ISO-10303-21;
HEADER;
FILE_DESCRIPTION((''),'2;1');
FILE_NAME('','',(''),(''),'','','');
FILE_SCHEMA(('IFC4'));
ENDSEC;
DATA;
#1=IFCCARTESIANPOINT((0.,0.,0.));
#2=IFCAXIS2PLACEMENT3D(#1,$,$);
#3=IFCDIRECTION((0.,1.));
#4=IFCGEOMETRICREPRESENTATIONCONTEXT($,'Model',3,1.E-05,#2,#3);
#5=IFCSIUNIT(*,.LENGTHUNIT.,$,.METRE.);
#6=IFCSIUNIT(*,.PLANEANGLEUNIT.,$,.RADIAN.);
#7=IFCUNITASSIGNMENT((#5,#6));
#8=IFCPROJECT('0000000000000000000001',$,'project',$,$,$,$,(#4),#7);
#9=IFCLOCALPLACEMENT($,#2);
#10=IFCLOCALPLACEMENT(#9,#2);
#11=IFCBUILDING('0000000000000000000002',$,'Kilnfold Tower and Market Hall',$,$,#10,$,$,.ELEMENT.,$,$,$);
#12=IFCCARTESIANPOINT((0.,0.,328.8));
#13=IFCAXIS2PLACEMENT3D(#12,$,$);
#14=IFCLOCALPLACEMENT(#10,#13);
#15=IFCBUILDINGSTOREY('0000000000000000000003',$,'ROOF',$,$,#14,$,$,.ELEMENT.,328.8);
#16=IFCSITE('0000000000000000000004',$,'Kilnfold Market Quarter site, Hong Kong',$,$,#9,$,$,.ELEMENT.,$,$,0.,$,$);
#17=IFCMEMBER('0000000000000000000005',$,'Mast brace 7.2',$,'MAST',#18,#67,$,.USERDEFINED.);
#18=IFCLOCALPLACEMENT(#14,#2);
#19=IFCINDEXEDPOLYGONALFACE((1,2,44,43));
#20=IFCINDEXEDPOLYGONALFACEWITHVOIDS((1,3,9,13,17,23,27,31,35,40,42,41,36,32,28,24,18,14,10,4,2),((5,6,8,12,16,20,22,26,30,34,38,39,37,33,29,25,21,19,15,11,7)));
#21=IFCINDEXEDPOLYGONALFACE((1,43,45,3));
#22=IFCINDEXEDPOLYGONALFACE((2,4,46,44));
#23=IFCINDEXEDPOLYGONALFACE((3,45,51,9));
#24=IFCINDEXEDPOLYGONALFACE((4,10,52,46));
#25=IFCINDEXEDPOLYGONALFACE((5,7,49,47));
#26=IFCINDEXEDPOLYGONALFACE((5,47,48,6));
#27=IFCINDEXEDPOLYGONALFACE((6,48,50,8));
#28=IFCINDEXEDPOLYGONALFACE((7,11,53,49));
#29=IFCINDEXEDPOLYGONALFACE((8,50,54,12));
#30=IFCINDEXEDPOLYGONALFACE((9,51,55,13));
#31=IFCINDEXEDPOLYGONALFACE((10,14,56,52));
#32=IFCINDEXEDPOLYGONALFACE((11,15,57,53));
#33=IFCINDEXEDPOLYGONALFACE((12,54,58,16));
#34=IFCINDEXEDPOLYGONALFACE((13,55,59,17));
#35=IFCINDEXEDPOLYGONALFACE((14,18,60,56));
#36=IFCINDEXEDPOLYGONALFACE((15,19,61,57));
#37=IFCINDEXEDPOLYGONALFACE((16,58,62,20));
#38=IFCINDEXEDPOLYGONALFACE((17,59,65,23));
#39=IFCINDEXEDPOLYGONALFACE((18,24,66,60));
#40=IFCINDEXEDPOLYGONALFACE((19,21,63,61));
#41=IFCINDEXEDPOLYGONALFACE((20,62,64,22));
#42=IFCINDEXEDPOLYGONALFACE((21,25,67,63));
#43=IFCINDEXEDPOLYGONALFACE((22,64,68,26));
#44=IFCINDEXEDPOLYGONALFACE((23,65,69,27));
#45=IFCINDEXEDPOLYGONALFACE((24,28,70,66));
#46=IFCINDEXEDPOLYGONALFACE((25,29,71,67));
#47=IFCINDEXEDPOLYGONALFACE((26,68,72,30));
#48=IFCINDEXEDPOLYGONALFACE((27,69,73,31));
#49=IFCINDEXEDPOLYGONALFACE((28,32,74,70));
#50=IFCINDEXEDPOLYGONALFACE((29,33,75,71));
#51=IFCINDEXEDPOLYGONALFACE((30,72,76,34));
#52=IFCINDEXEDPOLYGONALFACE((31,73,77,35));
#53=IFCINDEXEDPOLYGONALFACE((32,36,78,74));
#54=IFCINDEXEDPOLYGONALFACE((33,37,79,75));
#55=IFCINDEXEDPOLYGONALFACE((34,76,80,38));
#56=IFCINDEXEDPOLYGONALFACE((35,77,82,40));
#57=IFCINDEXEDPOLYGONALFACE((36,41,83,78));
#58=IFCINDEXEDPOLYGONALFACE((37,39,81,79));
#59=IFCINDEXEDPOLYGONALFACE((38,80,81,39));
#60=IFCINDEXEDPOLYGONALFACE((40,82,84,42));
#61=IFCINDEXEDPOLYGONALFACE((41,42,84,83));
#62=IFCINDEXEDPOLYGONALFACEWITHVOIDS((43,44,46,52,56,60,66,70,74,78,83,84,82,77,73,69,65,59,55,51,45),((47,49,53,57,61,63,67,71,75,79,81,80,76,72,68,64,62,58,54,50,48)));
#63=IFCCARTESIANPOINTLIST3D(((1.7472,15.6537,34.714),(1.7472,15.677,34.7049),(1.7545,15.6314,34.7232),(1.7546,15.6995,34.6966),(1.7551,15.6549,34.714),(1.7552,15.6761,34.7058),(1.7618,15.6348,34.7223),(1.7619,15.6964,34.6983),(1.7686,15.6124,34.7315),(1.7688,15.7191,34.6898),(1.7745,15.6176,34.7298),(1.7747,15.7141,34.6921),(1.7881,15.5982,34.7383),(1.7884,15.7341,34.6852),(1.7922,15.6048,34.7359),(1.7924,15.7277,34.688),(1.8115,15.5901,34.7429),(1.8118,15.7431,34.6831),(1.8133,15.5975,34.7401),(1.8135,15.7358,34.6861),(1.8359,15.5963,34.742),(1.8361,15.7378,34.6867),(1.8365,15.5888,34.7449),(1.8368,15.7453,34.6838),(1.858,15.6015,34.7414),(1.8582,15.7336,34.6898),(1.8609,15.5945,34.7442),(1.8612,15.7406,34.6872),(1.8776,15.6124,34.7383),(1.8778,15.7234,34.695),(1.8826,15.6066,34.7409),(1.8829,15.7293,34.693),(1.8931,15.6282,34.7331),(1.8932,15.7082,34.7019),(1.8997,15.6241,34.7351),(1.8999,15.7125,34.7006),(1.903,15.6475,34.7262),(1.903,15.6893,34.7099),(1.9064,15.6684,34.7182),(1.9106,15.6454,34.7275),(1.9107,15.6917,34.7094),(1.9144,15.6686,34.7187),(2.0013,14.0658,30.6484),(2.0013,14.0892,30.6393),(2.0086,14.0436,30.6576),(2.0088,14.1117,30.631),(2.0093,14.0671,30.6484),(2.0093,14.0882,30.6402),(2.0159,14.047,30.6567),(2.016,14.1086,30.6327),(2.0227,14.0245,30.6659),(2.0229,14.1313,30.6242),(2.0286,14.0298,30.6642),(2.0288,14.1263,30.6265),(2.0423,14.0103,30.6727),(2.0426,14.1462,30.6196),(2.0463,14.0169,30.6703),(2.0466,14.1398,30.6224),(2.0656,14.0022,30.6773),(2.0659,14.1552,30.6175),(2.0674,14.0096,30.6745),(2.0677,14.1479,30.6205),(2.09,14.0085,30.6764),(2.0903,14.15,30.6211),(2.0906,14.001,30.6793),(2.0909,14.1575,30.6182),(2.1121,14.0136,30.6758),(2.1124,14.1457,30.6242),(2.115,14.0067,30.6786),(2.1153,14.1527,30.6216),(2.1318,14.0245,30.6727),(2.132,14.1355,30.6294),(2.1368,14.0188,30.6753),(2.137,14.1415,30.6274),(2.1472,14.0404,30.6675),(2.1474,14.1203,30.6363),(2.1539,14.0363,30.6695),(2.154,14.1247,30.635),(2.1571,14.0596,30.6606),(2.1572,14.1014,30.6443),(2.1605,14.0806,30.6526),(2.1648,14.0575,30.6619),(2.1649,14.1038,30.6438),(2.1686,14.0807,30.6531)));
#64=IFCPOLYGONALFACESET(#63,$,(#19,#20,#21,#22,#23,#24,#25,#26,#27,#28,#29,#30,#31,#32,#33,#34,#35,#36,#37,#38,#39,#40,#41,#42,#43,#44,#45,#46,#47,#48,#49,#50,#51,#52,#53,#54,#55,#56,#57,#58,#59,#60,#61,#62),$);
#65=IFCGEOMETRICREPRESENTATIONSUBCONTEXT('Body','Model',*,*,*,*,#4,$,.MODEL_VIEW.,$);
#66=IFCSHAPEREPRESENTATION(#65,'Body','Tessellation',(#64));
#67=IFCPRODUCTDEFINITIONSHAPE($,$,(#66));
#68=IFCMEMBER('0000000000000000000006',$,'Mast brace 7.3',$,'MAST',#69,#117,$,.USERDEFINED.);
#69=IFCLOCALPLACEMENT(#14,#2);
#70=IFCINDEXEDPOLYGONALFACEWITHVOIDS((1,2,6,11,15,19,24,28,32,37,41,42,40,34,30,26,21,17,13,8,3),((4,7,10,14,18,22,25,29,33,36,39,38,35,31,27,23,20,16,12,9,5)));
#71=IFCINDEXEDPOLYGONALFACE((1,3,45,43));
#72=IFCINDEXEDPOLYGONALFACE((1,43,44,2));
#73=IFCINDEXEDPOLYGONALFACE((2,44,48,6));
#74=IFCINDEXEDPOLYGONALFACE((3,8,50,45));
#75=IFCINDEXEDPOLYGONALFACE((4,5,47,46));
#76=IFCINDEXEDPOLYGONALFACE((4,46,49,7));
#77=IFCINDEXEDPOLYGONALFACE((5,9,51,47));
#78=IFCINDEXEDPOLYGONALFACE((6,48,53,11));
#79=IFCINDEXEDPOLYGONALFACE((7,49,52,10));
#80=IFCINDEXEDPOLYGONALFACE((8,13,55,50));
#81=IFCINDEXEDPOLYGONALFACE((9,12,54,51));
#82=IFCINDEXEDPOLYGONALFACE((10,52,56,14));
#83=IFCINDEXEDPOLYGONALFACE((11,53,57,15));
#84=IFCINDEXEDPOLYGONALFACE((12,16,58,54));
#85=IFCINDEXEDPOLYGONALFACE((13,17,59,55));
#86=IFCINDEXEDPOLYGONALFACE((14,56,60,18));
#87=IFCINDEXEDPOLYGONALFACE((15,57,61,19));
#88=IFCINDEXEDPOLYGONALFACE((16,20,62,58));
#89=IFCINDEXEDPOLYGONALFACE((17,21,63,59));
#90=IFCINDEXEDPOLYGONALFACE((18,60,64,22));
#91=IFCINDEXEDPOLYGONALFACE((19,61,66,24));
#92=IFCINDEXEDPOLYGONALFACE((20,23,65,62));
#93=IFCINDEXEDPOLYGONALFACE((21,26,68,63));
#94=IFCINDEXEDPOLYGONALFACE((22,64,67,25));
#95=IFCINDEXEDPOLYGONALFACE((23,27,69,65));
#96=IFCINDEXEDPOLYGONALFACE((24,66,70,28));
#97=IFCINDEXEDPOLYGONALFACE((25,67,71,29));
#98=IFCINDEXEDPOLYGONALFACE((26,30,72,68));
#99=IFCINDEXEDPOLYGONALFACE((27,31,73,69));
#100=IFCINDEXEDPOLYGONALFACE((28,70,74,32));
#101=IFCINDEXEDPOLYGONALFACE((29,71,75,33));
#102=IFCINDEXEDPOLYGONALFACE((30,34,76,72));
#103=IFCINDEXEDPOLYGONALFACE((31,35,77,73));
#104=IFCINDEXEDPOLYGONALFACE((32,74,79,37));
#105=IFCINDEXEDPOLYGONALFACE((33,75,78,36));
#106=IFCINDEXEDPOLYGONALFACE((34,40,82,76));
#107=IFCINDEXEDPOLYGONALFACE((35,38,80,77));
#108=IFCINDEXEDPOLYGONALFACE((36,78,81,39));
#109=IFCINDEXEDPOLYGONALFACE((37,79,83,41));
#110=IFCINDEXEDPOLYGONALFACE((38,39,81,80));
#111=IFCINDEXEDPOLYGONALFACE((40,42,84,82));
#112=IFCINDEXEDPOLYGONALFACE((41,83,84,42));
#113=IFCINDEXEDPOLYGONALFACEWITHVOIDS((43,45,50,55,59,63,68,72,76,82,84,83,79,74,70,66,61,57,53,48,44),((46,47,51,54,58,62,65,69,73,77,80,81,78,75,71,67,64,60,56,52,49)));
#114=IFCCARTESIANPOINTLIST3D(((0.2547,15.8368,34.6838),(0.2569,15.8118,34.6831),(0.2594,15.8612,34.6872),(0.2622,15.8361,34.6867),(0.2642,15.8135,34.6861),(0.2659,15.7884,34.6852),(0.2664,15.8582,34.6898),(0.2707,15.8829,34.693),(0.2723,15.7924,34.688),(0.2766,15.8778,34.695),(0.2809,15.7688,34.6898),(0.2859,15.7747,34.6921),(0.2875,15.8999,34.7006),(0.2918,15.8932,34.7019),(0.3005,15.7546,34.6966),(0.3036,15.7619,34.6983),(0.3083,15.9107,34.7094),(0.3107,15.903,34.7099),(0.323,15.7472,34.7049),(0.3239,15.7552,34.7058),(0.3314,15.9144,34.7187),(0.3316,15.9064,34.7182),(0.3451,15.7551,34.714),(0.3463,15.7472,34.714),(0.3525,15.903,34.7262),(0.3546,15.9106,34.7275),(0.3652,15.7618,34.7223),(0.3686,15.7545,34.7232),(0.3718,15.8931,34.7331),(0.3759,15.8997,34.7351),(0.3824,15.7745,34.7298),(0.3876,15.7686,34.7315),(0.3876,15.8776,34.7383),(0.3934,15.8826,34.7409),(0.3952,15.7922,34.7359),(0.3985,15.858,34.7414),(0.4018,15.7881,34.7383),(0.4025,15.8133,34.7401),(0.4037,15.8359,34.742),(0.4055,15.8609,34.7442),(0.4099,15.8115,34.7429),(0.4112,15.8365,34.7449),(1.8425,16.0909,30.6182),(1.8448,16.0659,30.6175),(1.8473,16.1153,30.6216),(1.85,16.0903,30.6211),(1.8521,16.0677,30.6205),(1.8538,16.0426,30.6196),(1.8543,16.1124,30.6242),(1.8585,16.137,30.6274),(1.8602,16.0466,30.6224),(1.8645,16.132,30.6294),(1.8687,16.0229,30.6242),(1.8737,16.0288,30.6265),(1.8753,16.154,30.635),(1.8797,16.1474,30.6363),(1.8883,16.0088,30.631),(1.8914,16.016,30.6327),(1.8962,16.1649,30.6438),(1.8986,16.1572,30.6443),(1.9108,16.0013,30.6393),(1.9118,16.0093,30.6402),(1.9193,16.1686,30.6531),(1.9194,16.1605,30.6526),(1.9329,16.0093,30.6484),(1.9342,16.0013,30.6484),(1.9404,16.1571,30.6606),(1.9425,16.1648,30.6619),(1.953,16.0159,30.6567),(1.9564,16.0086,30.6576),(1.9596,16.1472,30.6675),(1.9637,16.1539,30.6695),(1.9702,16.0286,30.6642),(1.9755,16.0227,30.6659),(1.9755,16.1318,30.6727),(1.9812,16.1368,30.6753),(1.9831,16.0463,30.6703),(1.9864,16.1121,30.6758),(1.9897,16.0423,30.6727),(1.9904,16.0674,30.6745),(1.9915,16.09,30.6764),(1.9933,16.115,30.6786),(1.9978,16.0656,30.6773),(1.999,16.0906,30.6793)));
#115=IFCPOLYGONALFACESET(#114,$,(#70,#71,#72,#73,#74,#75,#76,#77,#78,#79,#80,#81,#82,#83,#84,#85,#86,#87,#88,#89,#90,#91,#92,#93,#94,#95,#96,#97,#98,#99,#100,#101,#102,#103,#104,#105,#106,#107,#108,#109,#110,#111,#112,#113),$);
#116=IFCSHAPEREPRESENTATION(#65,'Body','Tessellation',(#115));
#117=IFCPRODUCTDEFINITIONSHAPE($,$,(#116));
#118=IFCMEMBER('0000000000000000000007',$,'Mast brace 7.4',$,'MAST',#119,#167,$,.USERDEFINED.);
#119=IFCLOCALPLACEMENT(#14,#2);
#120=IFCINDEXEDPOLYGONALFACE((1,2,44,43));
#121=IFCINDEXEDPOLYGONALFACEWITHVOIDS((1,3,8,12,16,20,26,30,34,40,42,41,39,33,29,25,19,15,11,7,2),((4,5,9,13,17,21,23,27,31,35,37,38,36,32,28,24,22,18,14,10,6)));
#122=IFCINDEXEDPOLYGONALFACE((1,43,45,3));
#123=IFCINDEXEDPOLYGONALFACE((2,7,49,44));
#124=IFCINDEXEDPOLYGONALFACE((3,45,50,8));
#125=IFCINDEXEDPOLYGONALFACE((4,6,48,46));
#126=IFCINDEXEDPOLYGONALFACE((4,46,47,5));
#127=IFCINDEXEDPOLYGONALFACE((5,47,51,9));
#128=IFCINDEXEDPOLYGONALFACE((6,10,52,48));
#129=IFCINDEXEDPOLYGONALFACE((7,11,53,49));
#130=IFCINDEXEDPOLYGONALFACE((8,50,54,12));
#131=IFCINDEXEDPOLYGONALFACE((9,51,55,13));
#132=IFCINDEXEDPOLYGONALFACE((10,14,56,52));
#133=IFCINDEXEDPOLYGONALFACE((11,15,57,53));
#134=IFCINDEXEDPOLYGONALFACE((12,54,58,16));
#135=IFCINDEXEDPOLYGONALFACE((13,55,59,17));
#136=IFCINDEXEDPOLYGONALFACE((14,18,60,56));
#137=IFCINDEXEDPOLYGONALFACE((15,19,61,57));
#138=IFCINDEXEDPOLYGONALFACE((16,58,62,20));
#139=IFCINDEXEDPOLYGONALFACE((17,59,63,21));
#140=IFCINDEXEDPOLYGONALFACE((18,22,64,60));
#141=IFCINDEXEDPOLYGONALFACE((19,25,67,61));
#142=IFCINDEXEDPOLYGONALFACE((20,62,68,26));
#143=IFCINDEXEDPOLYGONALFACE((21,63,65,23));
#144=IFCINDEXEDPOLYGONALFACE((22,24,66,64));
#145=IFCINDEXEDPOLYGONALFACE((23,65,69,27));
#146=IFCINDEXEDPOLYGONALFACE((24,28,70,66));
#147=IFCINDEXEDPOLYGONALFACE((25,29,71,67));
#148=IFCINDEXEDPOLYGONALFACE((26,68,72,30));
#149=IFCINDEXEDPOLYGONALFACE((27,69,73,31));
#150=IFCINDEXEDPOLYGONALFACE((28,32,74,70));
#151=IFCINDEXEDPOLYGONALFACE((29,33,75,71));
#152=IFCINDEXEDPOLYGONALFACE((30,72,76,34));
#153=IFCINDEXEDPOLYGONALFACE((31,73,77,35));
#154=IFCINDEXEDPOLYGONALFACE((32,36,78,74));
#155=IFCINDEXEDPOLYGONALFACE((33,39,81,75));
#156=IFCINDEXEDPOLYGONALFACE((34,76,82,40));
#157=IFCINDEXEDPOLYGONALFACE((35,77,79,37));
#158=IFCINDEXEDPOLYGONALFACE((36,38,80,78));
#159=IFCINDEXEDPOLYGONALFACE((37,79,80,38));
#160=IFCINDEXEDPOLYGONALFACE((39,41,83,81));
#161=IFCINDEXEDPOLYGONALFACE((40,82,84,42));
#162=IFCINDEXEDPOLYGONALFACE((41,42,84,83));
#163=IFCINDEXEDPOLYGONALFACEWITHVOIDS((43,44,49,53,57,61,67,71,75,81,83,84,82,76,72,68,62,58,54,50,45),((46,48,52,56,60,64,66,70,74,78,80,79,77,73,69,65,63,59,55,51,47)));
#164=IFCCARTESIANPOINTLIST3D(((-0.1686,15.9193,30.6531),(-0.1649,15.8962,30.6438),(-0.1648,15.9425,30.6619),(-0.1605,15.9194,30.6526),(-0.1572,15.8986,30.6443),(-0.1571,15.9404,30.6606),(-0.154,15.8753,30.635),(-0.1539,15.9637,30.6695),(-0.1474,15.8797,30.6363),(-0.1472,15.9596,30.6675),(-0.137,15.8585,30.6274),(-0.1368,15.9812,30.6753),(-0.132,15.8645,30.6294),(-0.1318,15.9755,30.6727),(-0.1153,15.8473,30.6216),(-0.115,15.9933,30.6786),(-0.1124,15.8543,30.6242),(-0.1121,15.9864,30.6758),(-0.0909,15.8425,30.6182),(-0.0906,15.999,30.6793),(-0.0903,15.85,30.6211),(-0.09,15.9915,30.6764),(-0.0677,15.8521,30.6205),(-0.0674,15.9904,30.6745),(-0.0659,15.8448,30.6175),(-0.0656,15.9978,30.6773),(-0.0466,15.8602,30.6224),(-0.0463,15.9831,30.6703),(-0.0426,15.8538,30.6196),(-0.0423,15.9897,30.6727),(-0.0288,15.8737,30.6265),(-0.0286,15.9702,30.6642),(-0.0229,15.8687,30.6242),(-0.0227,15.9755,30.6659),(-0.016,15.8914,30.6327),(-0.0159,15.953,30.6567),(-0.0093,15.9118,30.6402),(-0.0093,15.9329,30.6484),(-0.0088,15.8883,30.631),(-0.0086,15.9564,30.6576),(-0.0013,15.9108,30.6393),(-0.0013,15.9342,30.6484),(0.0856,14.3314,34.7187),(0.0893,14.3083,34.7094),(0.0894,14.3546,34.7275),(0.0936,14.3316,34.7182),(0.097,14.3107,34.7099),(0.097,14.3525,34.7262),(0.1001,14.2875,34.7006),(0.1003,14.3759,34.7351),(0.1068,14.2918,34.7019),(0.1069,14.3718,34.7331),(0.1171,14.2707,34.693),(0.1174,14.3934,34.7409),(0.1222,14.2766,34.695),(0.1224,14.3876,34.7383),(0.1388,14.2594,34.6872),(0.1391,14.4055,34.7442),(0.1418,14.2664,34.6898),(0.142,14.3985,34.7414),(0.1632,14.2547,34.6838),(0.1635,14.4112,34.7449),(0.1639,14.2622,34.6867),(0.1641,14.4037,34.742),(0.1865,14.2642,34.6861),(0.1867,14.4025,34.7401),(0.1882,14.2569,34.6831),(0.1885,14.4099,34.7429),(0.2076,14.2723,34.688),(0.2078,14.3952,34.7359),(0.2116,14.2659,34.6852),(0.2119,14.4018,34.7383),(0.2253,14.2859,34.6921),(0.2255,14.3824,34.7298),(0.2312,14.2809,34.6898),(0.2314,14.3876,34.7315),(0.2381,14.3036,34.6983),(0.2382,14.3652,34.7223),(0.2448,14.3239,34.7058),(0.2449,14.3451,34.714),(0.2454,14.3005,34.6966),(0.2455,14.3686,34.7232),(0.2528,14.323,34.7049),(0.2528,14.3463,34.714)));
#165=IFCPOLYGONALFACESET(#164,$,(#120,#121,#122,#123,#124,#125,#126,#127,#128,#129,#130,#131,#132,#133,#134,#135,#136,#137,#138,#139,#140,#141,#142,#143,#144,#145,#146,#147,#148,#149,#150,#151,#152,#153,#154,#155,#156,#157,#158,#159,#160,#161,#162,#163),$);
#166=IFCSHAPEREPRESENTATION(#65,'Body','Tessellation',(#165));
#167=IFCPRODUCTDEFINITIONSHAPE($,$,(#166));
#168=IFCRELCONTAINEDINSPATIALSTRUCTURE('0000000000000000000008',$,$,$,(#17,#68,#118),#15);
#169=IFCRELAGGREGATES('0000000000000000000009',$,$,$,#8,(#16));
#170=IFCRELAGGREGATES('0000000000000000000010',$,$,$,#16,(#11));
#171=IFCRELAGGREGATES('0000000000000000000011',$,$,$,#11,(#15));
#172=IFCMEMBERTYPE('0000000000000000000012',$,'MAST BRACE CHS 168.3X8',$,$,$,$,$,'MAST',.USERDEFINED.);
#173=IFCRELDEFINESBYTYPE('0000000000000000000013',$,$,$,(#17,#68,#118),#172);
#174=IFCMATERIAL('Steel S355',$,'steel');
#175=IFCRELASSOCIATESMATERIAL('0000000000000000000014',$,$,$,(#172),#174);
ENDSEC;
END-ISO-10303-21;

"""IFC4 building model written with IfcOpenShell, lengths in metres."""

from ifc_helpers import new_model, si_unit, direction, frame, origin, origin_2d, place, context, subcontext, project, spatial, hollow_circle, extrude, source, transform, mapped, material, material_profile, profile_set, type_object, element, save


model = new_model("IFC4")

# Units and contexts
model_context = context("Model", 3, precision=1e-05, world=origin(), true_north=direction((0.0, 1.0)))
body_context = subcontext(model_context, "Body", "Model", "MODEL_VIEW")
ifc_project = project(units=[si_unit("LENGTHUNIT", "METRE"), si_unit("PLANEANGLEUNIT", "RADIAN")], contexts=[model_context])

# Site, building, storey
site_placement = place(None, origin())
site = spatial("IfcSite", under=ifc_project, at=site_placement, Name="Kilnfold Market Quarter site, Hong Kong", CompositionType="ELEMENT", RefElevation=0.0)
building_placement = place(site_placement, origin())
building = spatial("IfcBuilding", under=site, at=building_placement, Name="Kilnfold Tower and Market Hall", CompositionType="ELEMENT")
storey_placement = place(building_placement, frame((0.0, 0.0, 328.8)))
storey = spatial("IfcBuildingStorey", under=building, at=storey_placement, Name="ROOF", CompositionType="ELEMENT", Elevation=328.8)

# Members
ifc_material_1 = material(Name="Steel S355", Category="steel")
ifc_material_profile_1 = material_profile(ifc_material_1, hollow_circle(Radius=0.0842, WallThickness=0.0081, at=origin_2d()), Name="CHS 168.3x8")
ifc_profile_set_1 = profile_set([ifc_material_profile_1], Name="Steel S355")
member_type_1 = type_object("IfcMemberType", Name="MAST BRACE CHS 168.3X8", ElementType="MAST", PredefinedType="USERDEFINED", material=ifc_profile_set_1)
shared_shape_1 = source(origin(), body_context, "Body", "SweptSolid", [
    extrude(hollow_circle(Radius=0.0842, WallThickness=0.0081, at=origin_2d()), origin(), (0.0, 0.0, 1.0), 4.3721),
])
for number, where, z_axis, x_axis, name in (
    (1, (2.0845, 14.0791, 30.6484), (-0.058129, 0.363183, 0.929903), (-0.987432, -0.158044, 0.0), "Mast brace 7.2"),
    (2, (1.9209, 16.0845, 30.6484), (-0.363183, -0.058129, 0.929903), (0.158044, -0.987432, 0.0), "Mast brace 7.3"),
    (3, (-0.0845, 15.9209, 30.6484), (0.058129, -0.363183, 0.929903), (0.987432, 0.158044, 0.0), "Mast brace 7.4"),
):
    element("IfcMember", number, at=place(storey_placement, frame(where, z_axis=z_axis, x_axis=x_axis)), inside=storey, type_object=member_type_1, Name=name, ObjectType="MAST", PredefinedType="USERDEFINED", context=body_context, shape_type="MappedRepresentation", body=[
        mapped(shared_shape_1, transform((0.0, 0.0, 0.0))),
    ])

save(model, "model.ifc")
